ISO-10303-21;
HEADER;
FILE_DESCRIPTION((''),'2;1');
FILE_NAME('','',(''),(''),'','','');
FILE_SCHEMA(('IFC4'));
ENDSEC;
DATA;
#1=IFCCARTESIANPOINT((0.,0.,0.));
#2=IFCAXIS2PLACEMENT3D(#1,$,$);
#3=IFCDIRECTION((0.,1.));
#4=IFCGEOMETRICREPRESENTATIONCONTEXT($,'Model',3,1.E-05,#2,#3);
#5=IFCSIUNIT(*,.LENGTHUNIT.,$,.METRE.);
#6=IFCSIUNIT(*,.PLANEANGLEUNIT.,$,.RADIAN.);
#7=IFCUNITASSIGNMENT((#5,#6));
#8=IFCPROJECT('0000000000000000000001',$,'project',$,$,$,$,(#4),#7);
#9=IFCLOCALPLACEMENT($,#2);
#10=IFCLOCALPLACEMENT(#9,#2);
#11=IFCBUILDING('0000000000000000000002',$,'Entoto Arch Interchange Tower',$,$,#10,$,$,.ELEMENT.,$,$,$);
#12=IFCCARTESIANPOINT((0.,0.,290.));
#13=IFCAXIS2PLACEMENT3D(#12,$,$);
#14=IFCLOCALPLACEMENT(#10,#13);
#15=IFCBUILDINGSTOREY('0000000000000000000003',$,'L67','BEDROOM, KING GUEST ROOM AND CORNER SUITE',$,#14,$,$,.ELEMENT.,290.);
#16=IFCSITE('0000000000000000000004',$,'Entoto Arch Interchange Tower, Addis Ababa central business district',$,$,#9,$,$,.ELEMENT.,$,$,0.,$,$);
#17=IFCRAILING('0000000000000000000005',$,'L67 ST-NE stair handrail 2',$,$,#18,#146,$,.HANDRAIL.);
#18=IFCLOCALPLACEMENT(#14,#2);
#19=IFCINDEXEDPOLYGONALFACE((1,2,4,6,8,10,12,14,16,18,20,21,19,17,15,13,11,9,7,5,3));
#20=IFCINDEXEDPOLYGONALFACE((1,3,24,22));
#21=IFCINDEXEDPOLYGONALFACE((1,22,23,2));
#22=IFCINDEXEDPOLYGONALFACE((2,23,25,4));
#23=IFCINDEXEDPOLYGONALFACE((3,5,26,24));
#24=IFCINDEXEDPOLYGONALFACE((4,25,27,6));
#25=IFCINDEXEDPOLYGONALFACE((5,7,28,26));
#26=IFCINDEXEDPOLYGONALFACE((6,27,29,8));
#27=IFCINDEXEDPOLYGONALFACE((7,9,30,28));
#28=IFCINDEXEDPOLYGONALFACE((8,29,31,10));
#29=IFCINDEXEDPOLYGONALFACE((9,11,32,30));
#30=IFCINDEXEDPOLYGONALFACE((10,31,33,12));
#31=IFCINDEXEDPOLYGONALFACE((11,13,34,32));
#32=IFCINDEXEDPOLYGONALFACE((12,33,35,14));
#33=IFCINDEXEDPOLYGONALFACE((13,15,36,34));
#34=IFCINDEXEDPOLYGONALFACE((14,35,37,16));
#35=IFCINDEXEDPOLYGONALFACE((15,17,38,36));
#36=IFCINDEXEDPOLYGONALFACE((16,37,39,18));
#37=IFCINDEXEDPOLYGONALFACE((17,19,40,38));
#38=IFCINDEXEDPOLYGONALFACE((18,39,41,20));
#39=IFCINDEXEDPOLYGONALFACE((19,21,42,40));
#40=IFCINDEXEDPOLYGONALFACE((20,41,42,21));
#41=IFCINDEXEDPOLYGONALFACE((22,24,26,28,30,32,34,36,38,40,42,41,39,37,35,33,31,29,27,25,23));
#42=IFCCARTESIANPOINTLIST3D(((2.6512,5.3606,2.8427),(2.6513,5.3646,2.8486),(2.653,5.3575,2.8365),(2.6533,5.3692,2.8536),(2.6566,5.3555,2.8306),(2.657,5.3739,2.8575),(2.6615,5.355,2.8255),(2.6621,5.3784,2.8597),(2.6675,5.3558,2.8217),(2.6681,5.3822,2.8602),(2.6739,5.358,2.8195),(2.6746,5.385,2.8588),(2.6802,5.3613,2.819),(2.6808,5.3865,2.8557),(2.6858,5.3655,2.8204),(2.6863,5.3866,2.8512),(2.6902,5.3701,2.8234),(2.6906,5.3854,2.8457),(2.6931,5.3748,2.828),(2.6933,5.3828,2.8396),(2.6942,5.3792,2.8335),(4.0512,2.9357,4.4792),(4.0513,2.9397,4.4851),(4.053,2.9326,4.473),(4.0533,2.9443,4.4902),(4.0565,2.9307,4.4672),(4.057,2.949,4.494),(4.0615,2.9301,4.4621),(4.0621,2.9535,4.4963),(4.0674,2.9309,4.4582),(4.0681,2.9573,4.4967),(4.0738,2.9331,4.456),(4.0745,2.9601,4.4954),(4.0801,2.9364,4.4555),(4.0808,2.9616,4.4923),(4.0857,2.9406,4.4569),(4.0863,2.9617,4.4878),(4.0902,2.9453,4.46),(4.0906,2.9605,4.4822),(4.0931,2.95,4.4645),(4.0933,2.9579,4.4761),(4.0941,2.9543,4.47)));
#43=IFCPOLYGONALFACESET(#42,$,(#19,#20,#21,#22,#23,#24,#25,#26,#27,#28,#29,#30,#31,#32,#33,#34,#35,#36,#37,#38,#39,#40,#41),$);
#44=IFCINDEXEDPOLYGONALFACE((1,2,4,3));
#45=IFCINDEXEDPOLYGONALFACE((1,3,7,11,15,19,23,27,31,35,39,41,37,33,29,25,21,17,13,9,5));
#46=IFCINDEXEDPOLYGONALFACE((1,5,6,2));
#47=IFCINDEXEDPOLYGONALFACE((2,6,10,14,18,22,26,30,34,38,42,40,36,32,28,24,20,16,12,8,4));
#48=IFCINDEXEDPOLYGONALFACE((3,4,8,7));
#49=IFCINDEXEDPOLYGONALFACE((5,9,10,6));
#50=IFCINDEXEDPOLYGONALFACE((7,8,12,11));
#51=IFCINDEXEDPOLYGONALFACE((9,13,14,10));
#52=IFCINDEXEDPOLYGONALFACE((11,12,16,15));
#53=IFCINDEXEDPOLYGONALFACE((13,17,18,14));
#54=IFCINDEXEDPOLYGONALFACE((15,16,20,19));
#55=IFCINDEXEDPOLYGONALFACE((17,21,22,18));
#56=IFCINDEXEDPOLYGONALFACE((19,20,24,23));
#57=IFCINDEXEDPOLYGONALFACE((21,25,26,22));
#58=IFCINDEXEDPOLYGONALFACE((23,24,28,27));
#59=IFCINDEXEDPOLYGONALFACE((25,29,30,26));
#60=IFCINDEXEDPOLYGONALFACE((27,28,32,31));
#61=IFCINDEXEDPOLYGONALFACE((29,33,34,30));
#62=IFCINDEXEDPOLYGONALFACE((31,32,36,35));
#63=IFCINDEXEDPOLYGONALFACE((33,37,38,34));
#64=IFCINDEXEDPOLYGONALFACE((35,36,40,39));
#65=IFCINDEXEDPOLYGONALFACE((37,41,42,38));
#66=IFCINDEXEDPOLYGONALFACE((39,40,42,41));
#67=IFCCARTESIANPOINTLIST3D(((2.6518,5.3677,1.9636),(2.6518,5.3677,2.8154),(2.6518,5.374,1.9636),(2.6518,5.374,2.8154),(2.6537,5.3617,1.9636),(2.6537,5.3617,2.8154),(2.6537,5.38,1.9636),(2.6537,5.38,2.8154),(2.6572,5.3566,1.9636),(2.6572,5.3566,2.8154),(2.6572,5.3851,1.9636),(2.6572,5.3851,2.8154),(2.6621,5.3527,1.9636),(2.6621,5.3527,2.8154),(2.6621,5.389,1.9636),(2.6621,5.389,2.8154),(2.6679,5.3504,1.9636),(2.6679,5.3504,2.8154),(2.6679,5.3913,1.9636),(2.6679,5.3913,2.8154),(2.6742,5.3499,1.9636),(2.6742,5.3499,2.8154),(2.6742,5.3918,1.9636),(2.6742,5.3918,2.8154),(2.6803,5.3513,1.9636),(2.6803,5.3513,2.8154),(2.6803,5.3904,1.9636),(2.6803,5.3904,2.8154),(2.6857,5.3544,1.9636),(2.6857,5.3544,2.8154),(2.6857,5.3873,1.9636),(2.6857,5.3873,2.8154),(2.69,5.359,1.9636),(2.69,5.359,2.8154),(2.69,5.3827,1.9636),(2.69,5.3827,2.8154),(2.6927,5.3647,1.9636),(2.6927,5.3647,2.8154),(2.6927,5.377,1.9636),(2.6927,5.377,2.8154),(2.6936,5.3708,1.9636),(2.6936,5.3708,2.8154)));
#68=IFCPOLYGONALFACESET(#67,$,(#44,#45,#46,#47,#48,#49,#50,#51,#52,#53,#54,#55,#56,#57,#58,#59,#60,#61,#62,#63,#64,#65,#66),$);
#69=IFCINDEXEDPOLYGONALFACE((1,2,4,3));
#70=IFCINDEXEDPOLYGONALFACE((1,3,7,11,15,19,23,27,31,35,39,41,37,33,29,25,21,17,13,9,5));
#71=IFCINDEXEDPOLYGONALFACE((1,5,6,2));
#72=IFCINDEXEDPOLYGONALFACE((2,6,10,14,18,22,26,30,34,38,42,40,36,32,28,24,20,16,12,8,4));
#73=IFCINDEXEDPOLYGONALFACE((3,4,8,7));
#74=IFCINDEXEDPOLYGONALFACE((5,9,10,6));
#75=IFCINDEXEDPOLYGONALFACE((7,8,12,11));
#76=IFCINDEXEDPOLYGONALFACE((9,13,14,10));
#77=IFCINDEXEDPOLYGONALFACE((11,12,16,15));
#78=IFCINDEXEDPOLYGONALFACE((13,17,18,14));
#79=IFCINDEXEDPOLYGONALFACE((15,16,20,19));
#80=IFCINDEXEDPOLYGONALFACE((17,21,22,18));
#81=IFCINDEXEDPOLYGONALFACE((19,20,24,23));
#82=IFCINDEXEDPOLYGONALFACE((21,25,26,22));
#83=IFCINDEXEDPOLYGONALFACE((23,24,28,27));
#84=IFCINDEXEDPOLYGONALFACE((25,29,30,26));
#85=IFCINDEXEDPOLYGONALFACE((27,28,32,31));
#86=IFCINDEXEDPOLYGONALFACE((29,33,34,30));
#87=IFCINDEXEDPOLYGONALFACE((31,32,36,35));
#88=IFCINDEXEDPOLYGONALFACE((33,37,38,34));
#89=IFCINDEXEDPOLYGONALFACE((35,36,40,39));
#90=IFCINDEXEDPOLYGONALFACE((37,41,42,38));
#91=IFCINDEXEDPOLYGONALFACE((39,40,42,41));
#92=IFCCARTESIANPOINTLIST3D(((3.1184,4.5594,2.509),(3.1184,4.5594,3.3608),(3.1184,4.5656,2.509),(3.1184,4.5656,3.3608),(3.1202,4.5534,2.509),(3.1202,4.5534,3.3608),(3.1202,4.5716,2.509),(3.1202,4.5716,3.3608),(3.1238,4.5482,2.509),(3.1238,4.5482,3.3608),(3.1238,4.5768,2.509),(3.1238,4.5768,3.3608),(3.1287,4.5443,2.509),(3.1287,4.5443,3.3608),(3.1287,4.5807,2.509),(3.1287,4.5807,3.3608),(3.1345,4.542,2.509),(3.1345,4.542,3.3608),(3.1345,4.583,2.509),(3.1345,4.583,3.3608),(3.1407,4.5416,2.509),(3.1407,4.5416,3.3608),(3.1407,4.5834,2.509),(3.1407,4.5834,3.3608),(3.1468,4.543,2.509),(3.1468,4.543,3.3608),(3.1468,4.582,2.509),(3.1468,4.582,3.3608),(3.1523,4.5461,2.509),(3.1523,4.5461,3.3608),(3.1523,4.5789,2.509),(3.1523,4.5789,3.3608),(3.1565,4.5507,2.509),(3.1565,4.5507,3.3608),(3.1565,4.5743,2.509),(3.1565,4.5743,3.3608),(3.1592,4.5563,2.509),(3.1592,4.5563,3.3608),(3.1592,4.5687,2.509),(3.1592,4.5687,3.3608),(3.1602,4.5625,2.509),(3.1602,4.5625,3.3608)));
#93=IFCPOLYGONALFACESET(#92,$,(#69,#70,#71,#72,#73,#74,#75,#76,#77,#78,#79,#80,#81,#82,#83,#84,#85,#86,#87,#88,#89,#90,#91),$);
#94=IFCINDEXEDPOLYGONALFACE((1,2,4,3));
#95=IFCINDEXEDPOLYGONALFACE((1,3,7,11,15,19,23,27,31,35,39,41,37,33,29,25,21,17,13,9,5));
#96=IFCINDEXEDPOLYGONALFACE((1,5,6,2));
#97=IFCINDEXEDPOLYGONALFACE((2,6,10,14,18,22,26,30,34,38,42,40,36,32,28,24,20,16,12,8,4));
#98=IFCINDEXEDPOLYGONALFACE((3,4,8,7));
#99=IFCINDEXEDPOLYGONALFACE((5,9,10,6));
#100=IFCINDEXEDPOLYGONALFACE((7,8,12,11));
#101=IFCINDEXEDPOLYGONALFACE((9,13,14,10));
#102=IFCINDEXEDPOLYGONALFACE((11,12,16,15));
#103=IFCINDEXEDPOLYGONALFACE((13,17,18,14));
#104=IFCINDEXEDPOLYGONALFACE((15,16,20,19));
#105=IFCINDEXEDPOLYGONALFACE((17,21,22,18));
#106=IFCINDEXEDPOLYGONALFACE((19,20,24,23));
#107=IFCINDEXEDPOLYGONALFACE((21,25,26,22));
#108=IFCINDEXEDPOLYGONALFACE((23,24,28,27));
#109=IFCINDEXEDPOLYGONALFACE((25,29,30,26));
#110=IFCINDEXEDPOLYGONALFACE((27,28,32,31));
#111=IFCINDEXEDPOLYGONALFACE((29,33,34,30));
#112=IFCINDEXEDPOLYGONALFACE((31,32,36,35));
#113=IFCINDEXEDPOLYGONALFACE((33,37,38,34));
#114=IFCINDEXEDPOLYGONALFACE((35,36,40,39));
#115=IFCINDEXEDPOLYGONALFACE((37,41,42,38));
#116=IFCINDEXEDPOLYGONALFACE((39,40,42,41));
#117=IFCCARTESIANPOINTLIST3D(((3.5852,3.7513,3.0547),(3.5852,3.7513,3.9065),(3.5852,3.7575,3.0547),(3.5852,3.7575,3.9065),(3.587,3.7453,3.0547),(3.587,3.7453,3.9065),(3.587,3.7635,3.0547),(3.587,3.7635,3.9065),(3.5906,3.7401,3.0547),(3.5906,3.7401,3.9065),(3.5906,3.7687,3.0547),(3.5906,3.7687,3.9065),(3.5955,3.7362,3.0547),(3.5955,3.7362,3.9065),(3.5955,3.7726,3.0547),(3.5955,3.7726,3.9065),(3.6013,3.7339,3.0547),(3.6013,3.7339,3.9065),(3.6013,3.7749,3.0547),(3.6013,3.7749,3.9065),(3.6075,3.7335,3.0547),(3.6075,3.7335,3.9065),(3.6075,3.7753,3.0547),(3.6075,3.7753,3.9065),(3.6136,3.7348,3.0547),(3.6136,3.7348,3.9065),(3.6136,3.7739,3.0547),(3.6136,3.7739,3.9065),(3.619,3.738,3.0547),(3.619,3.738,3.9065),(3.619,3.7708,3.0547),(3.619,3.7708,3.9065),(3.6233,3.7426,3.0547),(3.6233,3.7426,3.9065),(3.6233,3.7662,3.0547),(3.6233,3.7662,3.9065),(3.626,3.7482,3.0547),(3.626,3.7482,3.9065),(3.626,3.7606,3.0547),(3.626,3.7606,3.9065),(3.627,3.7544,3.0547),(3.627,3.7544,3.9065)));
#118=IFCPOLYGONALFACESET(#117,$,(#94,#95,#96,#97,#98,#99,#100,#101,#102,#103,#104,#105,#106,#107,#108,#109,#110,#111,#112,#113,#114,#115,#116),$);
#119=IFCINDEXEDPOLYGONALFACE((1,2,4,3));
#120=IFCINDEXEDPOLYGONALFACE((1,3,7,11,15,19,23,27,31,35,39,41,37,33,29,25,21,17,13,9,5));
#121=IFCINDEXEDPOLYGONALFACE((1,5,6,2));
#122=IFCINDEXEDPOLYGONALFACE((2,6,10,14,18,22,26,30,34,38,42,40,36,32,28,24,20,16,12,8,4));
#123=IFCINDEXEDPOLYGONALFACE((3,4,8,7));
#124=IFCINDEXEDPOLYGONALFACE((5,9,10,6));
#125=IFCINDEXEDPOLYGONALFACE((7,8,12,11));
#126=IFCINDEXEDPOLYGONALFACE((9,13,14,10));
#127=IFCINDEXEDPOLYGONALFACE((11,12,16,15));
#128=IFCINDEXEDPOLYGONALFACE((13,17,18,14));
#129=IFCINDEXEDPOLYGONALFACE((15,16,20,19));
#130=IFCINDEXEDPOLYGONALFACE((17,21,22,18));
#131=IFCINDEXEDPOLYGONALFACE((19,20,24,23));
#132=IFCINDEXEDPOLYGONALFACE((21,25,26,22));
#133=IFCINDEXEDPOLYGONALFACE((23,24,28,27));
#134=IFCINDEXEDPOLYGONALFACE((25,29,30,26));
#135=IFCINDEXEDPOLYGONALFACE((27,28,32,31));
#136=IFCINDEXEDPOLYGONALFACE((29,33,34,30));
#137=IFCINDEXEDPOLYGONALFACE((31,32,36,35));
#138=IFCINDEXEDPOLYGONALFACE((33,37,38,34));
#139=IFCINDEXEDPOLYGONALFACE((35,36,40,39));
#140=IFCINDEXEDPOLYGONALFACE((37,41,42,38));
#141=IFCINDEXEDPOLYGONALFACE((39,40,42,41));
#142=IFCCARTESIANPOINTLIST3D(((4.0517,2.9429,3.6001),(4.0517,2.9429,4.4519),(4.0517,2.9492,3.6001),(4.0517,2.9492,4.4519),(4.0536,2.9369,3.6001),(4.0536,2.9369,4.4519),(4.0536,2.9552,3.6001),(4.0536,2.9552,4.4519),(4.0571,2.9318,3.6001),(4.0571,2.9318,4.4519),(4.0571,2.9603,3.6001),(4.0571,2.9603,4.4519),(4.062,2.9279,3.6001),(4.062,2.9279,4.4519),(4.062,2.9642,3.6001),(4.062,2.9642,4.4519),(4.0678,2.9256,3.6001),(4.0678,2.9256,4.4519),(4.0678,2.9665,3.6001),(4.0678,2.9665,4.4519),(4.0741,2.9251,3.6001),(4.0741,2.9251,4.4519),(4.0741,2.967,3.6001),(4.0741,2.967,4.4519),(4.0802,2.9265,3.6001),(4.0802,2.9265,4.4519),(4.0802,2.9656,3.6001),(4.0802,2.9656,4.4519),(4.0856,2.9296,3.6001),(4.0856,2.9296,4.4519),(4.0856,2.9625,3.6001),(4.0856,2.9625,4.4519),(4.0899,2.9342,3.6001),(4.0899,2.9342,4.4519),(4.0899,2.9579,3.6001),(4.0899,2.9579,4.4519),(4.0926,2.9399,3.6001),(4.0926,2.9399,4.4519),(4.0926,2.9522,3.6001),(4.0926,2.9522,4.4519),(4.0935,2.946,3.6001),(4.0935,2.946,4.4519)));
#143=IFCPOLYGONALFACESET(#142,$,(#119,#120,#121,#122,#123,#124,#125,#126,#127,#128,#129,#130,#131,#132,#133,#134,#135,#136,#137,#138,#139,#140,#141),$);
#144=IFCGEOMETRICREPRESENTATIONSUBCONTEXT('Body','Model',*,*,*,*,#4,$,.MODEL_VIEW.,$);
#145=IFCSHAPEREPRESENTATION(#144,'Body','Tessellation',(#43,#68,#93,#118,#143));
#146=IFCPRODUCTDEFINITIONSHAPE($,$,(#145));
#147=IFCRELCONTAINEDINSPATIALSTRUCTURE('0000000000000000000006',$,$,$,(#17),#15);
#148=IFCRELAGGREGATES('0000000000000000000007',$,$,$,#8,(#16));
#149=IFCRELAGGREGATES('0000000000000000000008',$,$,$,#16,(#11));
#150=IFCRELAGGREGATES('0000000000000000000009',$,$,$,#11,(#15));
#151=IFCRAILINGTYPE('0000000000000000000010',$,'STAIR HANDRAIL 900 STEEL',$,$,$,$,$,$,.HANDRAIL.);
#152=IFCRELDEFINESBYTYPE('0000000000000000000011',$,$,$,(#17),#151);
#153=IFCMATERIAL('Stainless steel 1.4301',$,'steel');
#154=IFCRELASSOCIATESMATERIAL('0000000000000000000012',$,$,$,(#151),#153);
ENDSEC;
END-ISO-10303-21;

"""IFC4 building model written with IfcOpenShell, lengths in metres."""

from ifc_helpers import new_model, si_unit, direction, frame, origin, origin_2d, place, context, subcontext, project, spatial, circle, extrude, material, type_object, element, save


model = new_model("IFC4")

# Units and contexts
model_context = context("Model", 3, precision=1e-05, world=origin(), true_north=direction((0.0, 1.0)))
body_context = subcontext(model_context, "Body", "Model", "MODEL_VIEW")
ifc_project = project(units=[si_unit("LENGTHUNIT", "METRE"), si_unit("PLANEANGLEUNIT", "RADIAN")], contexts=[model_context])

# Site, building, storey
site_placement = place(None, origin())
site = spatial("IfcSite", under=ifc_project, at=site_placement, Name="Entoto Arch Interchange Tower, Addis Ababa central business district", CompositionType="ELEMENT", RefElevation=0.0)
building_placement = place(site_placement, origin())
building = spatial("IfcBuilding", under=site, at=building_placement, Name="Entoto Arch Interchange Tower", CompositionType="ELEMENT")
storey_placement = place(building_placement, frame((0.0, 0.0, 290.0)))
storey = spatial("IfcBuildingStorey", under=building, at=storey_placement, Name="L67", Description="BEDROOM, KING GUEST ROOM AND CORNER SUITE", CompositionType="ELEMENT", Elevation=290.0)

# Railing
ifc_material_1 = material(Name="Stainless steel 1.4301", Category="steel")
railing_type_1 = type_object("IfcRailingType", Name="STAIR HANDRAIL 900 STEEL", PredefinedType="HANDRAIL", material=ifc_material_1)
railing_1_placement = place(storey_placement, frame((2.6726, 5.3708, 1.9636)))
element("IfcRailing", 1, at=railing_1_placement, inside=storey, type_object=railing_type_1, Name="L67 ST-NE stair handrail 2", PredefinedType="HANDRAIL", context=body_context, shape_type="SweptSolid", body=[
    extrude(circle(Radius=0.0239, at=origin_2d()), frame((0.0, 0.0, 0.876), z_axis=(0.431661, -0.74769, 0.504608), x_axis=(0.866035, 0.499984, 0.0)), (0.0, 0.0, 1.0), 3.2432),
    extrude(circle(Radius=0.021, at=origin_2d()), origin(), (0.0, 0.0, 1.0), 0.8518),
    extrude(circle(Radius=0.021, at=origin_2d()), frame((0.4666, -0.8083, 0.5454)), (0.0, 0.0, 1.0), 0.8518),
    extrude(circle(Radius=0.021, at=origin_2d()), frame((0.9333, -1.6165, 1.0911)), (0.0, 0.0, 1.0), 0.8518),
    extrude(circle(Radius=0.021, at=origin_2d()), frame((1.3999, -2.4248, 1.6365)), (0.0, 0.0, 1.0), 0.8518),
])

save(model, "model.ifc")
